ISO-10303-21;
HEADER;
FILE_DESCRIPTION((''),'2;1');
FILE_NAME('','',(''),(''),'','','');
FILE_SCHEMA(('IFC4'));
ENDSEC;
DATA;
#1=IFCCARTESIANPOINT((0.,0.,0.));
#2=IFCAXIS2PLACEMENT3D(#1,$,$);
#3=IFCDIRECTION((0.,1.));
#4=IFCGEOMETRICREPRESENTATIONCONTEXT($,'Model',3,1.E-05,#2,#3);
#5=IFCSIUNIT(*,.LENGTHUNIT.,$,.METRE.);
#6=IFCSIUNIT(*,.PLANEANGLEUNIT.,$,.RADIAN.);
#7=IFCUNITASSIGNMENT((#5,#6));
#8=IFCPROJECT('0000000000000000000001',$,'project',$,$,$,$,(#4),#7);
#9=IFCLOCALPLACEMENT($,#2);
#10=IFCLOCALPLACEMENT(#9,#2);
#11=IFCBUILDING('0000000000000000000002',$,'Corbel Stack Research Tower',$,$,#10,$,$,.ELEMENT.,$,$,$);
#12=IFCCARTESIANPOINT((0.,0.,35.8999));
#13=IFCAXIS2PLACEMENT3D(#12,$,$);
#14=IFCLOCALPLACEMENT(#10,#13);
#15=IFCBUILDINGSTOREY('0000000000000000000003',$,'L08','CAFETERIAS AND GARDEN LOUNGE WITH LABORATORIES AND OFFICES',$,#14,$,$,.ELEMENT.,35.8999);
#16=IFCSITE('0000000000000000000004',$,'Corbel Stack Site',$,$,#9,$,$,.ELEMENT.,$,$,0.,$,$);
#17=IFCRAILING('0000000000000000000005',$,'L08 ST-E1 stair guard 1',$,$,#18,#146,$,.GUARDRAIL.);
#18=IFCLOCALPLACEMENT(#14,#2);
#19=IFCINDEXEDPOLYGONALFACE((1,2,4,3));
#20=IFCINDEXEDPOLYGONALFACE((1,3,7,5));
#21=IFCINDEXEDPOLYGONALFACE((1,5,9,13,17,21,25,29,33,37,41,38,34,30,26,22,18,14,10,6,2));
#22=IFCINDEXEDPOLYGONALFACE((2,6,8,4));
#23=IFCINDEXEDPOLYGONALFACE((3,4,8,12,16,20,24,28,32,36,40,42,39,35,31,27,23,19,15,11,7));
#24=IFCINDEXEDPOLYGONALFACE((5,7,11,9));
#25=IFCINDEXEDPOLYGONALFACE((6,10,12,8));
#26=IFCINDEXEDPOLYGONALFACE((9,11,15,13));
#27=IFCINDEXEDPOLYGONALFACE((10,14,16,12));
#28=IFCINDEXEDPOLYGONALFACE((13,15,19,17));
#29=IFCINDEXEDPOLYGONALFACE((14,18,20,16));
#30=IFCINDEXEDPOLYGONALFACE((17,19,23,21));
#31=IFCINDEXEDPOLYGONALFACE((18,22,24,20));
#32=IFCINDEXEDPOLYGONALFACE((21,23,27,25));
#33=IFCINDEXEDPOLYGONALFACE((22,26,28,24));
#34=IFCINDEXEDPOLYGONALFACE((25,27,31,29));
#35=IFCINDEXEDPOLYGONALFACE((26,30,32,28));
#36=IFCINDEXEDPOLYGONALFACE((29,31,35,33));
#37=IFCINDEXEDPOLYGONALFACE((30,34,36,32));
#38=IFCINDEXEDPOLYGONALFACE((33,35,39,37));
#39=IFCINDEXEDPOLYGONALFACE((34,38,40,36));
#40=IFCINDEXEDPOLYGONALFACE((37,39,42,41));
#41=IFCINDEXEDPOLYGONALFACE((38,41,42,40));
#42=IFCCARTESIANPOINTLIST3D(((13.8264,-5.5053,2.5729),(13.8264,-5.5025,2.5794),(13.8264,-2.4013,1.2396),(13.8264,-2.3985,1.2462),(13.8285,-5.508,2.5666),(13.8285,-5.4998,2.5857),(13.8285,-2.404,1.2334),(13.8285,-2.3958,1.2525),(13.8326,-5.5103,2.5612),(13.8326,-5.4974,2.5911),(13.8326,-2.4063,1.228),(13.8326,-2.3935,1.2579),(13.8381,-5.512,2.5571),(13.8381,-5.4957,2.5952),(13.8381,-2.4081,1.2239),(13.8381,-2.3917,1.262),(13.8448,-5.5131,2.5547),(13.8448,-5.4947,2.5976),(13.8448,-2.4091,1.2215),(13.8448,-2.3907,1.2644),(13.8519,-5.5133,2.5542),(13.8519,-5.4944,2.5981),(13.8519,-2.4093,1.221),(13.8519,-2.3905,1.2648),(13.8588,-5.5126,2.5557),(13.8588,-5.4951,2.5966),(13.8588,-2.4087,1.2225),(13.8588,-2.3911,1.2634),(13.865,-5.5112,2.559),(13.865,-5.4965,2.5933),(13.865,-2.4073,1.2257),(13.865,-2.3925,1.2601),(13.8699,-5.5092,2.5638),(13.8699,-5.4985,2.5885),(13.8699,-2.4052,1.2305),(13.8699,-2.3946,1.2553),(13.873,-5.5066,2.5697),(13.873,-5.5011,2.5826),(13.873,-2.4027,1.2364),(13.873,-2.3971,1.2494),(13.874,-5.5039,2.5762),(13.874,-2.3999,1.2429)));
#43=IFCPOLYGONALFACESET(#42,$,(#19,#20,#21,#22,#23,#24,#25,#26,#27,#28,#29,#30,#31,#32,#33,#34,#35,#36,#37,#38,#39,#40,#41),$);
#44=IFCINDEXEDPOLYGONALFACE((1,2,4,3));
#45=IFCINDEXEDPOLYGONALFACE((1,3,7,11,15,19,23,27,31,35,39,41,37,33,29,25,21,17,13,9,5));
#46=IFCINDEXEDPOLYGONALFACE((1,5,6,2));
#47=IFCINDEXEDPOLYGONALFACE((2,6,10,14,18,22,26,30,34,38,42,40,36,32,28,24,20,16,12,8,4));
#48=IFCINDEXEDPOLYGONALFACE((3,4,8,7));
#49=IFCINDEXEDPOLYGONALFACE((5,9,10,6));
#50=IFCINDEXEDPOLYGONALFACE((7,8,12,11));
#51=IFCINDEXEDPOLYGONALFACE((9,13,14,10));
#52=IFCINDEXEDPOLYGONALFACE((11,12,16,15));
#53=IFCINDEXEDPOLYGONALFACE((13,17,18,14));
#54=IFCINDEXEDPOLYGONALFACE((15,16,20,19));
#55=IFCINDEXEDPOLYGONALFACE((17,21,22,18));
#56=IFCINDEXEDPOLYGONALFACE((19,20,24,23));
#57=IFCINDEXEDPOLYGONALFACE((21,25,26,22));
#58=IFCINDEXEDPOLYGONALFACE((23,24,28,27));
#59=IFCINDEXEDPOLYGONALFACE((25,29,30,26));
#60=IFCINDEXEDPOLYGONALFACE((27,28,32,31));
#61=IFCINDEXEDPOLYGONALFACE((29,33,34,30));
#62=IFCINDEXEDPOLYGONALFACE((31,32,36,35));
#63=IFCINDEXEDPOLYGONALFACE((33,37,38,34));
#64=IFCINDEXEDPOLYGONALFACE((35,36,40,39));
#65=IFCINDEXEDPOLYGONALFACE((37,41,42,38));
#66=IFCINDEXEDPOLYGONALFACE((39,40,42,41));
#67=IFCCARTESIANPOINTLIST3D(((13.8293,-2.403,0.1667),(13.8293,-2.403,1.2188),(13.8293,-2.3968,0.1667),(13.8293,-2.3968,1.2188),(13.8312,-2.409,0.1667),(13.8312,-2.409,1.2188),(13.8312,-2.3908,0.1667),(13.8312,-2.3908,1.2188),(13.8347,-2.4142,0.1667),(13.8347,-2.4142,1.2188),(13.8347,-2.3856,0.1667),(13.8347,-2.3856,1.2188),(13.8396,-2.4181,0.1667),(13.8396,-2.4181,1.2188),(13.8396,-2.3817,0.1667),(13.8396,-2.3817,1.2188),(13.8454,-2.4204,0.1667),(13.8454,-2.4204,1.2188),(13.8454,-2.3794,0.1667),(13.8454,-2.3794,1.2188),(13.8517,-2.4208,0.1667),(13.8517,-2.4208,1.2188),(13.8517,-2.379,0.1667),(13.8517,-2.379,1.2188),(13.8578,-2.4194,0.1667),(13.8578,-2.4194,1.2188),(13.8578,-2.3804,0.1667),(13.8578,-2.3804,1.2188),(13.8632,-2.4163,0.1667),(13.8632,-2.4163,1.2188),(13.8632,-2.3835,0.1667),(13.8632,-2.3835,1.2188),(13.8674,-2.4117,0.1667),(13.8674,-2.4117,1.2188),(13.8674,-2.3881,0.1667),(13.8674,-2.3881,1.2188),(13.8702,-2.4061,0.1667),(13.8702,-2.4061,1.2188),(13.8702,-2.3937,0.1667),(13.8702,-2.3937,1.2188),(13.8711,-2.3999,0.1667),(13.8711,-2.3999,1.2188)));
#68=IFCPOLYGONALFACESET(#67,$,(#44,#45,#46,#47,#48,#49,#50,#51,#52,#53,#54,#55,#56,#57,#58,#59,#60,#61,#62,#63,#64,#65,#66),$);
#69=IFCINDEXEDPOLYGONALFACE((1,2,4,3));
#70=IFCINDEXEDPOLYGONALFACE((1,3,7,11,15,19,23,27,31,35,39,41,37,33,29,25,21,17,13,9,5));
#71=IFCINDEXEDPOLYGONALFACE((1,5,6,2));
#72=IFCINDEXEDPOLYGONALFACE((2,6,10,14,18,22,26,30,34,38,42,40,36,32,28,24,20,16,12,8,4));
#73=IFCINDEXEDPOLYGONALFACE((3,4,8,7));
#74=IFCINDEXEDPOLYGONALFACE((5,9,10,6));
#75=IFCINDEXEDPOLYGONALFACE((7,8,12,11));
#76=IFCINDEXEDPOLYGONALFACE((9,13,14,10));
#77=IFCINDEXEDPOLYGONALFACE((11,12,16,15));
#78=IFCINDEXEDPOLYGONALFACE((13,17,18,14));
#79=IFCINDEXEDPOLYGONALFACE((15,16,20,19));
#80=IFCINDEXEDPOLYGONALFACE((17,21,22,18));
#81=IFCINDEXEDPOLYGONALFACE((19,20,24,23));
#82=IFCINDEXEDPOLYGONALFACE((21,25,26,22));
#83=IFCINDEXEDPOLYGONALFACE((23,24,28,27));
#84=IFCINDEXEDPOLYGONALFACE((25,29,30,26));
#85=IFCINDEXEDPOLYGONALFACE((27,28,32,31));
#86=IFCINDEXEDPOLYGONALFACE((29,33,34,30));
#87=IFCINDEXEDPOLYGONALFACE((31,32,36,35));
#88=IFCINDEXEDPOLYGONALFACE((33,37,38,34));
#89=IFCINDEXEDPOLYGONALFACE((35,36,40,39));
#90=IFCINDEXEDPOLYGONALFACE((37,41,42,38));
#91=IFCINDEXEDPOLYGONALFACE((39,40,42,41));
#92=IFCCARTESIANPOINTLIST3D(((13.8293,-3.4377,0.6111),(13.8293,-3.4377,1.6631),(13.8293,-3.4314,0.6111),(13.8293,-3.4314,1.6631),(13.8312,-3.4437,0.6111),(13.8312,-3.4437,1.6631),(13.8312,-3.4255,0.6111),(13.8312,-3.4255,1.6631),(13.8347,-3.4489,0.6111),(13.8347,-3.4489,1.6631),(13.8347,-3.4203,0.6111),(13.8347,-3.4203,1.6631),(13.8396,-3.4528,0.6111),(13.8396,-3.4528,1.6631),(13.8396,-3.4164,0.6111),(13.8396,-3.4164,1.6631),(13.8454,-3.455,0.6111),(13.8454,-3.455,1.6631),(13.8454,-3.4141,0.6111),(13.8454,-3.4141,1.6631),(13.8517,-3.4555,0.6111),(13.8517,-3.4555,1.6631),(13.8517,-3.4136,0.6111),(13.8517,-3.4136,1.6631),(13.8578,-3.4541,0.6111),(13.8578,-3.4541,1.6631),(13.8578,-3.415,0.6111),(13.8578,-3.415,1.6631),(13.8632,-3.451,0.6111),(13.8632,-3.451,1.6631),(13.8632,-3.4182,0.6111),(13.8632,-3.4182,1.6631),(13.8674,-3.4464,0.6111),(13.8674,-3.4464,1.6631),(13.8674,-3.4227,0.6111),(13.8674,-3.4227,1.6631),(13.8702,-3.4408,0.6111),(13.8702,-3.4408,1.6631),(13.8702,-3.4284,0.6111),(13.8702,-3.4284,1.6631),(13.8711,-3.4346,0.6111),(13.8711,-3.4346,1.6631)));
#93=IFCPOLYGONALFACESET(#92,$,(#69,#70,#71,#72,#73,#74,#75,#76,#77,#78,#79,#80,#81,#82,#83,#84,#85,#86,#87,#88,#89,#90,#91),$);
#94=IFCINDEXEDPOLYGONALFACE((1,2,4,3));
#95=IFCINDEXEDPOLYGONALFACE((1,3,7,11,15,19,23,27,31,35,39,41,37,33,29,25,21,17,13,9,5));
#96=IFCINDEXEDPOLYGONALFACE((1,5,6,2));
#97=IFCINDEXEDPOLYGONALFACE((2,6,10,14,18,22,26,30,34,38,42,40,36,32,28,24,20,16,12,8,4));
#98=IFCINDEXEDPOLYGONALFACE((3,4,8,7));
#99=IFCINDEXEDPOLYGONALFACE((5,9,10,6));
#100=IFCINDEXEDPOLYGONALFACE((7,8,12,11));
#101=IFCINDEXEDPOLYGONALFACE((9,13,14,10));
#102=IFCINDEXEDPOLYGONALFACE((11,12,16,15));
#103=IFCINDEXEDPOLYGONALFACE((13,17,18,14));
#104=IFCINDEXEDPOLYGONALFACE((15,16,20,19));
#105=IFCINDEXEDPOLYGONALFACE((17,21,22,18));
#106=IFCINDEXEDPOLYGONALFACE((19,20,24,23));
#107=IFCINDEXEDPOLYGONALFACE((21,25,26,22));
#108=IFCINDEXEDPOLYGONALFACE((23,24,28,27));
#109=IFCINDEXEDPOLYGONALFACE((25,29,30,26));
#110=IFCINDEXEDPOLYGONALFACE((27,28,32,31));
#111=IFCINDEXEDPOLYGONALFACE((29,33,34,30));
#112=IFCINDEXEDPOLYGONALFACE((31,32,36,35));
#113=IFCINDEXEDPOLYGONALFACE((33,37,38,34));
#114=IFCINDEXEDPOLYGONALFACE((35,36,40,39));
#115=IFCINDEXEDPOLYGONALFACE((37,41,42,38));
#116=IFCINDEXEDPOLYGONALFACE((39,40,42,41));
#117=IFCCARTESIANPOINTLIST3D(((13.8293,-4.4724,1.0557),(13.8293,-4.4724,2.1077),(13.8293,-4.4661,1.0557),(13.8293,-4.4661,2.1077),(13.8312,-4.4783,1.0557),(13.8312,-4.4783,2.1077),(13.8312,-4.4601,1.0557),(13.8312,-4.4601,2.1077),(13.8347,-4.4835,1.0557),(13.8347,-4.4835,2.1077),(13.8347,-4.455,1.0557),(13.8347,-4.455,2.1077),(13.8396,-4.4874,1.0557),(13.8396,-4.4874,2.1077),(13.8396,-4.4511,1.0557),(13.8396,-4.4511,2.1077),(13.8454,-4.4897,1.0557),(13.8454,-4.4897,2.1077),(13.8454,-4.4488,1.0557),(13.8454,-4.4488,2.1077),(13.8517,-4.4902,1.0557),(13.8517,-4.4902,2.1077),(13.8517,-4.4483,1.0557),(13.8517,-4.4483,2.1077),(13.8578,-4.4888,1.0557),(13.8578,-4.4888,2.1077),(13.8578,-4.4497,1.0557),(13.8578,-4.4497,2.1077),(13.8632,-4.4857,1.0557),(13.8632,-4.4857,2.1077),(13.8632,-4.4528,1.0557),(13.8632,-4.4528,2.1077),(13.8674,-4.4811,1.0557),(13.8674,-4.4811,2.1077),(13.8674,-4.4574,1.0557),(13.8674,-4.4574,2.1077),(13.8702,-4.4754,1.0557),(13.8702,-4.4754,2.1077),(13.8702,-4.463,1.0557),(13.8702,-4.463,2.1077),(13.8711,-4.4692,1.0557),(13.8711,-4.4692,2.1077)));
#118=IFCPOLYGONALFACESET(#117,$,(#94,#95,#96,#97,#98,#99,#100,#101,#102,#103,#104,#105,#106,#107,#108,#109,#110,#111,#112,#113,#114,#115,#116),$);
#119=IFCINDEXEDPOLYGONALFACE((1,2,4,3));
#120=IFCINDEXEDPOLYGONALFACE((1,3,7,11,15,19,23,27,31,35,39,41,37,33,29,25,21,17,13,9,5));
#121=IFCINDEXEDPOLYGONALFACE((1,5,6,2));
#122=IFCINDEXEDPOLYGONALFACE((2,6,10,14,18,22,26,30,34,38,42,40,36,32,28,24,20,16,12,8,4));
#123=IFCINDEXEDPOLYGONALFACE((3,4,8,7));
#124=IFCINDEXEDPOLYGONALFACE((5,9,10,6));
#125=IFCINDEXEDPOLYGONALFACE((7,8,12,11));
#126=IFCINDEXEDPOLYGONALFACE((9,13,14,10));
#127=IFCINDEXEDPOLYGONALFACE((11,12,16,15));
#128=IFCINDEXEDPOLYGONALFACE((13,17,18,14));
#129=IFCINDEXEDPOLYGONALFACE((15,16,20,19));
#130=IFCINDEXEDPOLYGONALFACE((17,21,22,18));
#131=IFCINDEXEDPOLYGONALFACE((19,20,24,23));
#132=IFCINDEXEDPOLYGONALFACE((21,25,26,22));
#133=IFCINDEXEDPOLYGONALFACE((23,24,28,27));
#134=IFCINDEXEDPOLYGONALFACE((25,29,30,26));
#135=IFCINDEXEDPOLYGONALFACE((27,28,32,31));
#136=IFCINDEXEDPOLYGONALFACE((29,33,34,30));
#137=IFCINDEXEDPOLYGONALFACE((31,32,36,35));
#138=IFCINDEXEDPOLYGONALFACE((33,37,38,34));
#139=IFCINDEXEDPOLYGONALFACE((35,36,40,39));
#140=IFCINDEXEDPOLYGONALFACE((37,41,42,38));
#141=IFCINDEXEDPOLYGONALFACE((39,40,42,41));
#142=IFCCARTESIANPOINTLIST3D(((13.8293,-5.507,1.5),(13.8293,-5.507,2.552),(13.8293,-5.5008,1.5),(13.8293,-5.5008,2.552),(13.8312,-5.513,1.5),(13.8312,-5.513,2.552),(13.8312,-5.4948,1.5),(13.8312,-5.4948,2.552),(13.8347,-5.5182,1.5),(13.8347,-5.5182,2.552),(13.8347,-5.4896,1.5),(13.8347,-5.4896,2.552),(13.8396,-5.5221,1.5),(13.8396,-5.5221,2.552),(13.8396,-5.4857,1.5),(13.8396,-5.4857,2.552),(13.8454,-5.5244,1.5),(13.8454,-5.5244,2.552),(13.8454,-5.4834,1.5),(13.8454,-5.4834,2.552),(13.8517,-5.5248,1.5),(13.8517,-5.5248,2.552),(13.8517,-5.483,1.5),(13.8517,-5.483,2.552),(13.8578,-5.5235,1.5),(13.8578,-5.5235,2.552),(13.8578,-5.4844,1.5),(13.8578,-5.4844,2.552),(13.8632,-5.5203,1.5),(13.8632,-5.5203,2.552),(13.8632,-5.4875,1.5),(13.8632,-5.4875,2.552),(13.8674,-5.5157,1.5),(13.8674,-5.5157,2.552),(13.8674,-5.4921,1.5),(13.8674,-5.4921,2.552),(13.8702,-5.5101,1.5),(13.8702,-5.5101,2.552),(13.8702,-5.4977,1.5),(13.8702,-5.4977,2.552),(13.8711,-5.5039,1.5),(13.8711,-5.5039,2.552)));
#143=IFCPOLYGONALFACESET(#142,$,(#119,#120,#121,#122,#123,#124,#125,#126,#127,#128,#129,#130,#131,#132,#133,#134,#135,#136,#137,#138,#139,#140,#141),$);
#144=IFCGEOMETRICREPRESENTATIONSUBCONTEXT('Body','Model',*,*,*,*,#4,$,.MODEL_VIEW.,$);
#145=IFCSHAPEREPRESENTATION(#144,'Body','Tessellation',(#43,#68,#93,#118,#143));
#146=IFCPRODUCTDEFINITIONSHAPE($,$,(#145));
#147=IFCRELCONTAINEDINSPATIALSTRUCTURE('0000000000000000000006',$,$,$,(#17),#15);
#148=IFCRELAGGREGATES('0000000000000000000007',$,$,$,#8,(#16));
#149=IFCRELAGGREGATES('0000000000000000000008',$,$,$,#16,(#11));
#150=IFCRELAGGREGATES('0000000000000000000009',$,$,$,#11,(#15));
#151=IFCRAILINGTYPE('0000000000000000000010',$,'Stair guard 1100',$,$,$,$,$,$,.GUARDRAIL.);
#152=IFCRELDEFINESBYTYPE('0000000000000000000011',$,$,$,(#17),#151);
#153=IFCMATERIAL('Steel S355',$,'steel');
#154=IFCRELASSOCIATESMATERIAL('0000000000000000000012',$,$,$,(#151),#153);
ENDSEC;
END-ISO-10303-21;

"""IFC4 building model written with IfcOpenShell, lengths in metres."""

from ifc_helpers import new_model, si_unit, direction, frame, origin, origin_2d, place, context, subcontext, project, spatial, circle, extrude, material, type_object, element, save


model = new_model("IFC4")

# Units and contexts
model_context = context("Model", 3, precision=1e-05, world=origin(), true_north=direction((0.0, 1.0)))
body_context = subcontext(model_context, "Body", "Model", "MODEL_VIEW")
ifc_project = project(units=[si_unit("LENGTHUNIT", "METRE"), si_unit("PLANEANGLEUNIT", "RADIAN")], contexts=[model_context])

# Site, building, storey
site_placement = place(None, origin())
site = spatial("IfcSite", under=ifc_project, at=site_placement, Name="Corbel Stack Site", CompositionType="ELEMENT", RefElevation=0.0)
building_placement = place(site_placement, origin())
building = spatial("IfcBuilding", under=site, at=building_placement, Name="Corbel Stack Research Tower", CompositionType="ELEMENT")
storey_placement = place(building_placement, frame((0.0, 0.0, 35.8999)))
storey = spatial("IfcBuildingStorey", under=building, at=storey_placement, Name="L08", Description="CAFETERIAS AND GARDEN LOUNGE WITH LABORATORIES AND OFFICES", CompositionType="ELEMENT", Elevation=35.8999)

# Railing
ifc_material_1 = material(Name="Steel S355", Category="steel")
railing_type_1 = type_object("IfcRailingType", Name="Stair guard 1100", PredefinedType="GUARDRAIL", material=ifc_material_1)
railing_1_placement = place(storey_placement, frame((13.8501, -2.3999, 0.1667)))
element("IfcRailing", 1, at=railing_1_placement, inside=storey, type_object=railing_type_1, Name="L08 ST-E1 stair guard 1", PredefinedType="GUARDRAIL", context=body_context, shape_type="SweptSolid", body=[
    extrude(circle(Radius=0.0239, at=origin_2d()), frame((0.0, 0.0, 1.0762), z_axis=(0.0, -0.918827, 0.394661), x_axis=(1.0, 0.0, 0.0)), (0.0, 0.0, 1.0), 3.3782),
    extrude(circle(Radius=0.021, at=origin_2d()), origin(), (0.0, 0.0, 1.0), 1.052),
    extrude(circle(Radius=0.021, at=origin_2d()), frame((0.0, -1.0347, 0.4443)), (0.0, 0.0, 1.0), 1.052),
    extrude(circle(Radius=0.021, at=origin_2d()), frame((0.0, -2.0693, 0.8889)), (0.0, 0.0, 1.0), 1.052),
    extrude(circle(Radius=0.021, at=origin_2d()), frame((0.0, -3.104, 1.3333)), (0.0, 0.0, 1.0), 1.052),
])

save(model, "model.ifc")
